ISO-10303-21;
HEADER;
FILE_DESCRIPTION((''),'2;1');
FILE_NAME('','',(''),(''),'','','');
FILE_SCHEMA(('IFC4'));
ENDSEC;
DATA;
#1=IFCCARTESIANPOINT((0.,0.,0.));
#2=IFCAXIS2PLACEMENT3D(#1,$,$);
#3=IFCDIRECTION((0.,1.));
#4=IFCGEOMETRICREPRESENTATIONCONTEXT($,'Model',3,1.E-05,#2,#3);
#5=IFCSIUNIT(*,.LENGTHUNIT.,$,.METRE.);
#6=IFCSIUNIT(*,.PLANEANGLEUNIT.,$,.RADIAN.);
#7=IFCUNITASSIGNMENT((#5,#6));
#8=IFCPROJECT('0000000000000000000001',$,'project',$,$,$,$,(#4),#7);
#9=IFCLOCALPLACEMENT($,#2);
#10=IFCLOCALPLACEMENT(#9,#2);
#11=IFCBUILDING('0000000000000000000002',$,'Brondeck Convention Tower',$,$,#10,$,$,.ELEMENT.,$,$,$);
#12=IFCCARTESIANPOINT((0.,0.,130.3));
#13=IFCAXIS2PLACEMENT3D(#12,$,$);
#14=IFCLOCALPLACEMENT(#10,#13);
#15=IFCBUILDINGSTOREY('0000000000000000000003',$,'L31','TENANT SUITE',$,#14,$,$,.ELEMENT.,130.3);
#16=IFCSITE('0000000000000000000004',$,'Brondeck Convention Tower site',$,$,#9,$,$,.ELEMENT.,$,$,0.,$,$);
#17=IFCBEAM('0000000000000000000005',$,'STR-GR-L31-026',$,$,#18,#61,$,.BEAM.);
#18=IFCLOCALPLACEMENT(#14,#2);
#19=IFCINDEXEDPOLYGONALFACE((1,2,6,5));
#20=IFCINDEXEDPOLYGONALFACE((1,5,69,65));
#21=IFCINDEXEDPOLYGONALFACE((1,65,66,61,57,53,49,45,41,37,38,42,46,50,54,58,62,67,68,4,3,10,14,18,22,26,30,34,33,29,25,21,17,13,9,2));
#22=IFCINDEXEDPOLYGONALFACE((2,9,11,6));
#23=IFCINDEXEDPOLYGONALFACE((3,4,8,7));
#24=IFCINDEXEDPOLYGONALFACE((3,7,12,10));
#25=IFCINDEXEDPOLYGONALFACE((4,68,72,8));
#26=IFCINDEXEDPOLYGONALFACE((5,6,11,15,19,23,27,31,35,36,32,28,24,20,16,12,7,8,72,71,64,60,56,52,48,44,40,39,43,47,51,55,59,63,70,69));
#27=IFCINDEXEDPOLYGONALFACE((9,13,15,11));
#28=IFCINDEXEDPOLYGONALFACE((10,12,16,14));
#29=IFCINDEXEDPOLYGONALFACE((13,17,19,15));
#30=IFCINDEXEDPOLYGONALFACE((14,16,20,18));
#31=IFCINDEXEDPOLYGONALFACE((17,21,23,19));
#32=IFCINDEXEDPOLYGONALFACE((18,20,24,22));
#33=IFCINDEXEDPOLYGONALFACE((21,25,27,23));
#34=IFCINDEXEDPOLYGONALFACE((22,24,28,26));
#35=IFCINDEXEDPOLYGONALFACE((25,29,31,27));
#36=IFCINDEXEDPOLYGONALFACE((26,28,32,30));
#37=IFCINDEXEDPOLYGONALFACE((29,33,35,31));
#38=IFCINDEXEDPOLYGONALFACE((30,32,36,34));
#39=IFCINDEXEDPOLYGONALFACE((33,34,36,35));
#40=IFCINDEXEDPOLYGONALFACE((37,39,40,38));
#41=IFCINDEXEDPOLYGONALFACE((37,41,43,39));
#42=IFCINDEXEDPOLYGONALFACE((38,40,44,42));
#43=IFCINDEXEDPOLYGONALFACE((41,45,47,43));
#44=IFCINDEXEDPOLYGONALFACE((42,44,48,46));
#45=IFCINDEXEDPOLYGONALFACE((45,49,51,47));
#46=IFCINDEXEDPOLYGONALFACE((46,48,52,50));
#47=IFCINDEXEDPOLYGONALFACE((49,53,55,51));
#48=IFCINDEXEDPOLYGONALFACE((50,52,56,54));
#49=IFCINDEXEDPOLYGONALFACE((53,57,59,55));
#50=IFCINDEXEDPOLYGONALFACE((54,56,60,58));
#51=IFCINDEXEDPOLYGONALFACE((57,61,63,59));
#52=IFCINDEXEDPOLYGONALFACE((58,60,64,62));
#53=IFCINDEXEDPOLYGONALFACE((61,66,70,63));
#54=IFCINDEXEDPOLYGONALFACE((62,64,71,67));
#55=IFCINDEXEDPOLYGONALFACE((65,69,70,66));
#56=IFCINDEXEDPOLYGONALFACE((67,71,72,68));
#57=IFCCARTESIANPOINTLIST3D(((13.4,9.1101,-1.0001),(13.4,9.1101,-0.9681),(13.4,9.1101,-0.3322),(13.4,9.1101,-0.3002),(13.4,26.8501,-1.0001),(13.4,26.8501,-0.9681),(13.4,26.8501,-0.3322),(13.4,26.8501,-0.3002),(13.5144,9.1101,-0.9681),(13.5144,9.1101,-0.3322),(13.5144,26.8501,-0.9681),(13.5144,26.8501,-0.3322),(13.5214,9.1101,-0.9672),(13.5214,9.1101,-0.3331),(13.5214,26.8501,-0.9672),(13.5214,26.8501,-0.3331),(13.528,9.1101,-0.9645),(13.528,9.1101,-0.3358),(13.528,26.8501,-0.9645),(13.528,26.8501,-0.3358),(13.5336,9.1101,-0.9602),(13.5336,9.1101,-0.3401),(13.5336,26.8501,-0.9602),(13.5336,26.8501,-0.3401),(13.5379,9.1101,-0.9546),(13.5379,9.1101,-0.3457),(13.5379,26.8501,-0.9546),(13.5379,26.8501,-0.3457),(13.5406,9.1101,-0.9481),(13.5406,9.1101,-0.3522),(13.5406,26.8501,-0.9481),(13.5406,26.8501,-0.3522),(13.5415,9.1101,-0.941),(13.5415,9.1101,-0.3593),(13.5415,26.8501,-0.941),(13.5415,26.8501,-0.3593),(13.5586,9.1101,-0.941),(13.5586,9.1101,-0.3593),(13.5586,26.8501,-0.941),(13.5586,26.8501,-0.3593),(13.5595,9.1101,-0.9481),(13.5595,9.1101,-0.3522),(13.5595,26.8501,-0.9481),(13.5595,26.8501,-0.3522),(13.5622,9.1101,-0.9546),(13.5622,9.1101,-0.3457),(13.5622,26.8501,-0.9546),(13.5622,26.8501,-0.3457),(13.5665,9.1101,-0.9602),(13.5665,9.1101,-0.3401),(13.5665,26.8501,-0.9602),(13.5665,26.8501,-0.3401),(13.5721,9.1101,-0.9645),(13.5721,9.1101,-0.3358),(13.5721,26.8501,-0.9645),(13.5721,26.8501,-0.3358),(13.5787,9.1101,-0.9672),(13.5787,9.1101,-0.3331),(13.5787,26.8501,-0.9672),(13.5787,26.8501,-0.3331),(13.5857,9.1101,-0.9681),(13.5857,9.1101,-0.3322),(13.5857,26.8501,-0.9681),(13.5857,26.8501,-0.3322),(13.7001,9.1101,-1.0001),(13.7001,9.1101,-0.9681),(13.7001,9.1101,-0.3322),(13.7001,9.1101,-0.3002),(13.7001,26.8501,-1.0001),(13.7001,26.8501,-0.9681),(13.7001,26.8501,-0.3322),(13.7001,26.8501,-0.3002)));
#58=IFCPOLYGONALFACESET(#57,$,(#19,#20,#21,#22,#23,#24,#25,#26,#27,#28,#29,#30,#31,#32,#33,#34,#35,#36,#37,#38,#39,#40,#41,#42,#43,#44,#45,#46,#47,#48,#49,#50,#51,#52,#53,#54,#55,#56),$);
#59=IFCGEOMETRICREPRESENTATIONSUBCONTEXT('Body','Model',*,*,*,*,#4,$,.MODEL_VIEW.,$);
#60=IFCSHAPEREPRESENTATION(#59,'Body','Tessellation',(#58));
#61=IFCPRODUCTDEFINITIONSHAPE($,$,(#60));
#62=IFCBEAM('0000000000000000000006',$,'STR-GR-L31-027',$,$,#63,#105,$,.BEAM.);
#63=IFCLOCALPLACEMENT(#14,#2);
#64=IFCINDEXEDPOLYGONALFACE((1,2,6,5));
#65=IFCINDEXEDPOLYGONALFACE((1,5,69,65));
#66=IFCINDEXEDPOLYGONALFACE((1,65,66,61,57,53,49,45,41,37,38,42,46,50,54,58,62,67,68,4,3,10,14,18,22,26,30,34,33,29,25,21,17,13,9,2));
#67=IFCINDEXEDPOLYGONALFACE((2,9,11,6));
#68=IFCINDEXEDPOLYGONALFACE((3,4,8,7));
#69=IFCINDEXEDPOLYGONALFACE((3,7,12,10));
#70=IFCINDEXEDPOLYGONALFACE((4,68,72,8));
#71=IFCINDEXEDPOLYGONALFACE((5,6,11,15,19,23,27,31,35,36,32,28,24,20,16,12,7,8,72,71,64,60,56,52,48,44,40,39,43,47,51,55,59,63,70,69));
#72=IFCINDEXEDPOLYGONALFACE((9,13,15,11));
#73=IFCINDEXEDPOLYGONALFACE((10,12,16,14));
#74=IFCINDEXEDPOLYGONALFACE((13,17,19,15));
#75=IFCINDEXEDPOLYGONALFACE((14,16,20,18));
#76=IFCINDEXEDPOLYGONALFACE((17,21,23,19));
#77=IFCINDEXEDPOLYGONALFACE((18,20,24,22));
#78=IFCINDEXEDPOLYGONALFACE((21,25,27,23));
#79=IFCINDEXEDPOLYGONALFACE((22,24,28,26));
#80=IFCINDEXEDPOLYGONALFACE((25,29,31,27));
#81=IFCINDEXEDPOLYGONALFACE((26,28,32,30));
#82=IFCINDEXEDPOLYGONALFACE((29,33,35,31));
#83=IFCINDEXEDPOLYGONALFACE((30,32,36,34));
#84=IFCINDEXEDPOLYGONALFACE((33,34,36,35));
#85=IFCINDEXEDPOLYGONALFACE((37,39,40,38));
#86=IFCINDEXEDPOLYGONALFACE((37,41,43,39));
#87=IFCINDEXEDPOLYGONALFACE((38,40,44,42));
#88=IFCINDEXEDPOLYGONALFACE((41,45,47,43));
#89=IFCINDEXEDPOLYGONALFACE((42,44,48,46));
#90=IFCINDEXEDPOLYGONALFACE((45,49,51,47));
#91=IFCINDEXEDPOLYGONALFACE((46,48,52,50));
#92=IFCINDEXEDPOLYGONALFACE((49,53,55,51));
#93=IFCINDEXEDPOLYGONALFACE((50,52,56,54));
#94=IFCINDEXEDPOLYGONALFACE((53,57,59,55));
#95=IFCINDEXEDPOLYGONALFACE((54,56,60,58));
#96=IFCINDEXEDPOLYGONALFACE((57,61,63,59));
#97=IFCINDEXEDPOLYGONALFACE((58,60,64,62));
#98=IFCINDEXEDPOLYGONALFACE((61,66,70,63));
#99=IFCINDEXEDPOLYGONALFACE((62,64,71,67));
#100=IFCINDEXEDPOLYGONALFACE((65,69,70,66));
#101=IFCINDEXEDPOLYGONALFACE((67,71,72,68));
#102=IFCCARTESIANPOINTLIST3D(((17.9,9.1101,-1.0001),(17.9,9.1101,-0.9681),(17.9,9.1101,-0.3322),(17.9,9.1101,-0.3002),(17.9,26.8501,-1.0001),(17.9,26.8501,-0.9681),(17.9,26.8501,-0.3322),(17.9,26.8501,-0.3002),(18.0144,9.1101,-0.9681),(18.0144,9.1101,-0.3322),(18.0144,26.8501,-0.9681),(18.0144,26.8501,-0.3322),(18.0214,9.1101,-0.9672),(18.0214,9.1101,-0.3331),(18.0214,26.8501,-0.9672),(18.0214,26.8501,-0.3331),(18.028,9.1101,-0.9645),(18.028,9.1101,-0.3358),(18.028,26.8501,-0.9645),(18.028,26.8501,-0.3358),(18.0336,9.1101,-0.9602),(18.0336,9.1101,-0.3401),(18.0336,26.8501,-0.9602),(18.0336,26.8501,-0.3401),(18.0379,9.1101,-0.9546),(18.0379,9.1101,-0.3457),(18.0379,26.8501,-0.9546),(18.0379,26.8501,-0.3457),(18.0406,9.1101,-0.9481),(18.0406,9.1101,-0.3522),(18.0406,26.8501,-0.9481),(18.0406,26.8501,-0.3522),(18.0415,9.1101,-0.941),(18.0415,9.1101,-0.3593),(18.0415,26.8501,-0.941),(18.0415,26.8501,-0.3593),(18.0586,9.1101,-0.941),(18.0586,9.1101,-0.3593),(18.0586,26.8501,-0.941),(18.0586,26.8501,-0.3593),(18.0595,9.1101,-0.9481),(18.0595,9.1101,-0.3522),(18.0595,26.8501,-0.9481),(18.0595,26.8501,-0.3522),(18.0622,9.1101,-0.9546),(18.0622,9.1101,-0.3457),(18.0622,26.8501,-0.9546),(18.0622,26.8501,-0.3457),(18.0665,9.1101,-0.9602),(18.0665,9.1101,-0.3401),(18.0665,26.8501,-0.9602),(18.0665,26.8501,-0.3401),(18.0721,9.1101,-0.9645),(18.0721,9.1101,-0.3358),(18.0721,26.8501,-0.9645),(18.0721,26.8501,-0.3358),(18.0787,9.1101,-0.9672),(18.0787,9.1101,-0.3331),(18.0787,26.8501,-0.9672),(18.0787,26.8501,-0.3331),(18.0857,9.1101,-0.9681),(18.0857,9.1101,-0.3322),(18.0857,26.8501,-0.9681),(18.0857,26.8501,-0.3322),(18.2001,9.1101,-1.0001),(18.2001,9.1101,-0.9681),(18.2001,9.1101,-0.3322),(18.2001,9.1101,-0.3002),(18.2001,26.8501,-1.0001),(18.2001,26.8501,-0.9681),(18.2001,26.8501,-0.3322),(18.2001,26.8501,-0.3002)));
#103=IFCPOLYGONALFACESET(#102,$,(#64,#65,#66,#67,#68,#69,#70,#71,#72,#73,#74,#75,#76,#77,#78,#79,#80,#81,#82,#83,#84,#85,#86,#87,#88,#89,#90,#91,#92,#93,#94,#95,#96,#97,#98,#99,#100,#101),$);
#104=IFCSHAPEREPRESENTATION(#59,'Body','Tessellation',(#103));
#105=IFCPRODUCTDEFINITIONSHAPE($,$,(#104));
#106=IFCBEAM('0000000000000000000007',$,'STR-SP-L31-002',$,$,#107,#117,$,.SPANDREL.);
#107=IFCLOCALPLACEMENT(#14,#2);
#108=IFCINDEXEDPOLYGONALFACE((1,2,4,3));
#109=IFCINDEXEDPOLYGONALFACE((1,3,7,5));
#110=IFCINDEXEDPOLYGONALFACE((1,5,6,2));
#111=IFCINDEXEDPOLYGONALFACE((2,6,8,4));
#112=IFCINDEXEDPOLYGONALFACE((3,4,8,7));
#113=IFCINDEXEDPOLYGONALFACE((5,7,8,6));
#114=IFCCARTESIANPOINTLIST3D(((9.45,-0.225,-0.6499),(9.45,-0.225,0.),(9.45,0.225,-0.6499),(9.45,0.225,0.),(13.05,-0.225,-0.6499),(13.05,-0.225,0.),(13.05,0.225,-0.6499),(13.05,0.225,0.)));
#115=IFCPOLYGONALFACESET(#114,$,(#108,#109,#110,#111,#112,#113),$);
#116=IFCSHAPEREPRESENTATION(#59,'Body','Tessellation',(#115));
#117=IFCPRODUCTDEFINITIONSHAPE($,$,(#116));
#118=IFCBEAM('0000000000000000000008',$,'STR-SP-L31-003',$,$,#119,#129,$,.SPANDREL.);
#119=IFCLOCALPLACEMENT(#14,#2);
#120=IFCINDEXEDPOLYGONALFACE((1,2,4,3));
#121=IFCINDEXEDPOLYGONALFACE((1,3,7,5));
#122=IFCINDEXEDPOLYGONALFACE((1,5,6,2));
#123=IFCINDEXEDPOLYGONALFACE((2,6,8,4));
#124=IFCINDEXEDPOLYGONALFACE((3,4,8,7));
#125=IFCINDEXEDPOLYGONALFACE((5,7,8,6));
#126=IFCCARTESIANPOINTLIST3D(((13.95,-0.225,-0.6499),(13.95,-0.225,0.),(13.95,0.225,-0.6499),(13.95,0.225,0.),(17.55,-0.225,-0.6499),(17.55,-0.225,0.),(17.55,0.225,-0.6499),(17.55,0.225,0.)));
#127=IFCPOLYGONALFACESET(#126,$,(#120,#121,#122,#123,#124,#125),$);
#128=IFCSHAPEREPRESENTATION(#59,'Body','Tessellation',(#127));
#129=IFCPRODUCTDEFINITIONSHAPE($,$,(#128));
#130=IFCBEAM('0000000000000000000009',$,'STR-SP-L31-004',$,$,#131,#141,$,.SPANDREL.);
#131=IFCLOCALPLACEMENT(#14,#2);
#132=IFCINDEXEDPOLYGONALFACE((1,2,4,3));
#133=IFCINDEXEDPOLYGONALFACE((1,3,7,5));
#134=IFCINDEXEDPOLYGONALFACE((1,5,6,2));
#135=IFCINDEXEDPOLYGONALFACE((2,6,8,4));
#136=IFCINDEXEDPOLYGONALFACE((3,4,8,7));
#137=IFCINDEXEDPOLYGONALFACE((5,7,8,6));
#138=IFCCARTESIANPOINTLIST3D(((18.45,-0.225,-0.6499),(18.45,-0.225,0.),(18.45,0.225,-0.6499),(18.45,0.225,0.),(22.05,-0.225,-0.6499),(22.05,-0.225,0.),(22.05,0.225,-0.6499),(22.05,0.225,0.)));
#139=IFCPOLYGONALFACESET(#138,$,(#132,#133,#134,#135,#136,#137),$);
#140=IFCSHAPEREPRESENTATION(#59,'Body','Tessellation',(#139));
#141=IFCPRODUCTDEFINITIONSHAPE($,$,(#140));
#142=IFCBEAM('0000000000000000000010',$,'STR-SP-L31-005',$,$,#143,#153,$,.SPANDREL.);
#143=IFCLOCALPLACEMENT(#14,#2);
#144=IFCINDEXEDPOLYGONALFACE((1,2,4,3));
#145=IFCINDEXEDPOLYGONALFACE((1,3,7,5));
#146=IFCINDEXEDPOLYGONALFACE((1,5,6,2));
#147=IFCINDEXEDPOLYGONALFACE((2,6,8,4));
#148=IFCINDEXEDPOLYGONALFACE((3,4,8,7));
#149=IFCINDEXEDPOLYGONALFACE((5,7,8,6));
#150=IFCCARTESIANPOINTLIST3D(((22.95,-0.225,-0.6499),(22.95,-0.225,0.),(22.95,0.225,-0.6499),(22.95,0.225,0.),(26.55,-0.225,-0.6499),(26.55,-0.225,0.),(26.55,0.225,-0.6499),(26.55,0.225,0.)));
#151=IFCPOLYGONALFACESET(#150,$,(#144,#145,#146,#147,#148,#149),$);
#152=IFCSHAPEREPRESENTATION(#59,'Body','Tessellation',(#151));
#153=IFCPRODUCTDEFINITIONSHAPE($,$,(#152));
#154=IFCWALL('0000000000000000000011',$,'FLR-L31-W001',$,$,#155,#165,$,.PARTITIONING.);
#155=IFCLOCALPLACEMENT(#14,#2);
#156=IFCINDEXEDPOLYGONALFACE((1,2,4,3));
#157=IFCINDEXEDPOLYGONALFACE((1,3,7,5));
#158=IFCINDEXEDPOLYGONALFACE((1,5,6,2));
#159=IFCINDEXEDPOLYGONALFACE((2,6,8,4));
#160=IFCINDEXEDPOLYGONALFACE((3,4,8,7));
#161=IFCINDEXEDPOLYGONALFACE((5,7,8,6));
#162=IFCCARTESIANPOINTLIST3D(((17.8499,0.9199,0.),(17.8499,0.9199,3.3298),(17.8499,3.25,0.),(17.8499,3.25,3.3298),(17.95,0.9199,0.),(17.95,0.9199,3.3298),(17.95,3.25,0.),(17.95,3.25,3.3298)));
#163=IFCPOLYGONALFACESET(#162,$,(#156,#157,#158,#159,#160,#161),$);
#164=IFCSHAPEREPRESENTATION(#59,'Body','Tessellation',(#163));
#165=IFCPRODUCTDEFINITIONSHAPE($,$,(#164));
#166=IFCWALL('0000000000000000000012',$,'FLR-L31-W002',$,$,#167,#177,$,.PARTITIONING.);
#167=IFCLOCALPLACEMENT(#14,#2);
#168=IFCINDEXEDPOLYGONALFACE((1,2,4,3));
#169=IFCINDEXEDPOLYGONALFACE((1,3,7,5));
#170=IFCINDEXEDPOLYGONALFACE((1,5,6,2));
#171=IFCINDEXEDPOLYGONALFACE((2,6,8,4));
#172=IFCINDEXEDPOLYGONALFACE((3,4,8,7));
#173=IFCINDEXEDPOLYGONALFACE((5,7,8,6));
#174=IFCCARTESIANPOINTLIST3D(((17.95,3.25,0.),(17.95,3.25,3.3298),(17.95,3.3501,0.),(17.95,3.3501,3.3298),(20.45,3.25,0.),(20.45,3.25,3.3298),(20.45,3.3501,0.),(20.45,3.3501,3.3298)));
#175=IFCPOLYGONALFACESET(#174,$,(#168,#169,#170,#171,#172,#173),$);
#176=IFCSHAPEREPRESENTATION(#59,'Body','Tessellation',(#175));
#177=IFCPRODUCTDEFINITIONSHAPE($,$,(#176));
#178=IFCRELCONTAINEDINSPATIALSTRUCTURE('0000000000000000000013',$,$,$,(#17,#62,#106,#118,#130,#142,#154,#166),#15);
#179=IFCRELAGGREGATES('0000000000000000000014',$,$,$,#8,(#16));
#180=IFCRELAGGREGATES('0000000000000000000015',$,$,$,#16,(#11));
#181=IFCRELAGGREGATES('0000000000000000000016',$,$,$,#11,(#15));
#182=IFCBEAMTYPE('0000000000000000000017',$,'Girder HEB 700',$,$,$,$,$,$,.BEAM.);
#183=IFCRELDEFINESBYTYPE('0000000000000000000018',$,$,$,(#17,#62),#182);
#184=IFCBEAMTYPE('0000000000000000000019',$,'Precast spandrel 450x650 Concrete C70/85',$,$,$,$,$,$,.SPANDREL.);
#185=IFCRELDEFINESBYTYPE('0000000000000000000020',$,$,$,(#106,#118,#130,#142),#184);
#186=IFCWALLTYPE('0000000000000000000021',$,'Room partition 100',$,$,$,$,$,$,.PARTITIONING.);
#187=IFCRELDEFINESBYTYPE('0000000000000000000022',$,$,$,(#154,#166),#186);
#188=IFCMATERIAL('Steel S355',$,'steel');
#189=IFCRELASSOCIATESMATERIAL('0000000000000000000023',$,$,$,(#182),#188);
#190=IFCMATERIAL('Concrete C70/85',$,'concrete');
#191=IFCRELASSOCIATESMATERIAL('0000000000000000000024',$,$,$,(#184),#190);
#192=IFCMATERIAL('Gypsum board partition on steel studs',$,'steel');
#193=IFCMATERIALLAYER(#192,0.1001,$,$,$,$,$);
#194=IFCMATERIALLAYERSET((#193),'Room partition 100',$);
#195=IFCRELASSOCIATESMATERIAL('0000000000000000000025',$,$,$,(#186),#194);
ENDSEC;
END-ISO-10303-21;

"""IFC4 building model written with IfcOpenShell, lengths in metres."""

from ifc_helpers import new_model, si_unit, direction, frame, frame_2d, origin, origin_2d, place, context, subcontext, project, spatial, rectangle, i_section, extrude, material, layer, layer_set, material_profile, profile_set, type_object, element, save


model = new_model("IFC4")

# Units and contexts
model_context = context("Model", 3, precision=1e-05, world=origin(), true_north=direction((0.0, 1.0)))
body_context = subcontext(model_context, "Body", "Model", "MODEL_VIEW")
ifc_project = project(units=[si_unit("LENGTHUNIT", "METRE"), si_unit("PLANEANGLEUNIT", "RADIAN")], contexts=[model_context])

# Site, building, storey
site_placement = place(None, origin())
site = spatial("IfcSite", under=ifc_project, at=site_placement, Name="Brondeck Convention Tower site", CompositionType="ELEMENT", RefElevation=0.0)
building_placement = place(site_placement, origin())
building = spatial("IfcBuilding", under=site, at=building_placement, Name="Brondeck Convention Tower", CompositionType="ELEMENT")
storey_placement = place(building_placement, frame((0.0, 0.0, 130.3)))
storey = spatial("IfcBuildingStorey", under=building, at=storey_placement, Name="L31", Description="TENANT SUITE", CompositionType="ELEMENT", Elevation=130.3)

# Shared definitions
ifc_material_1 = material(Name="Concrete C70/85", Category="concrete")

# Beams
ifc_material_2 = material(Name="Steel S355", Category="steel")
ifc_material_profile_1 = material_profile(ifc_material_2, i_section(OverallWidth=0.3, OverallDepth=0.7, WebThickness=0.0171, FlangeThickness=0.032, FilletRadius=0.0271, at=origin_2d()), Name="HEB 700")
ifc_profile_set_1 = profile_set([ifc_material_profile_1], Name="Steel S355")
beam_type_1 = type_object("IfcBeamType", Name="Girder HEB 700", PredefinedType="BEAM", material=ifc_profile_set_1)
for number, where, z_axis, x_axis, name in (
    (1, (13.55, 9.1101, -0.6501), (0.0, 1.0, 0.0), (-1.0, 0.0, 0.0), "STR-GR-L31-026"),
    (2, (18.05, 9.1101, -0.6501), (0.0, 1.0, 0.0), (-1.0, 0.0, 0.0), "STR-GR-L31-027"),
):
    element("IfcBeam", number, at=place(storey_placement, frame(where, z_axis=z_axis, x_axis=x_axis)), inside=storey, type_object=beam_type_1, Name=name, PredefinedType="BEAM", context=body_context, shape_type="SweptSolid", body=[
        extrude(i_section(OverallWidth=0.3, OverallDepth=0.7, WebThickness=0.0171, FlangeThickness=0.032, FilletRadius=0.0271, at=origin_2d()), origin(), (0.0, 0.0, 1.0), 17.74),
    ])
ifc_material_profile_2 = material_profile(ifc_material_1, rectangle(XDim=0.45, YDim=0.6499, at=origin_2d()), Name="Precast spandrel 450x650 Concrete C70/85")
ifc_profile_set_2 = profile_set([ifc_material_profile_2], Name="Concrete C70/85")
beam_type_2 = type_object("IfcBeamType", Name="Precast spandrel 450x650 Concrete C70/85", PredefinedType="SPANDREL", material=ifc_profile_set_2)
for number, where, z_axis, x_axis, name in (
    (3, (9.45, 0.0, -0.325), (1.0, 0.0, 0.0), (0.0, 1.0, 0.0), "STR-SP-L31-002"),
    (4, (13.95, 0.0, -0.325), (1.0, 0.0, 0.0), (0.0, 1.0, 0.0), "STR-SP-L31-003"),
    (5, (18.45, 0.0, -0.325), (1.0, 0.0, 0.0), (0.0, 1.0, 0.0), "STR-SP-L31-004"),
    (6, (22.95, 0.0, -0.325), (1.0, 0.0, 0.0), (0.0, 1.0, 0.0), "STR-SP-L31-005"),
):
    element("IfcBeam", number, at=place(storey_placement, frame(where, z_axis=z_axis, x_axis=x_axis)), inside=storey, type_object=beam_type_2, Name=name, PredefinedType="SPANDREL", context=body_context, shape_type="SweptSolid", body=[
        extrude(rectangle(XDim=0.45, YDim=0.6499, at=origin_2d()), origin(), (0.0, 0.0, 1.0), 3.6001),
    ])

# Walls
ifc_material_3 = material(Name="Gypsum board partition on steel studs", Category="steel")
ifc_layer_1 = layer(ifc_material_3, 0.1001)
ifc_layer_set_1 = layer_set([ifc_layer_1], Name="Room partition 100")
wall_type_1 = type_object("IfcWallType", Name="Room partition 100", PredefinedType="PARTITIONING", material=ifc_layer_set_1)
wall_1_placement = place(storey_placement, frame((17.8999, 0.9199, 0.0), z_axis=(0.0, 0.0, 1.0), x_axis=(0.0, 1.0, 0.0)))
element("IfcWall", 7, at=wall_1_placement, inside=storey, type_object=wall_type_1, Name="FLR-L31-W001", PredefinedType="PARTITIONING", context=body_context, shape_type="SweptSolid", body=[
    extrude(rectangle(XDim=2.3301, YDim=0.1001, at=frame_2d((1.165, 0.0))), origin(), (0.0, 0.0, 1.0), 3.3298),
])
wall_2_placement = place(storey_placement, frame((20.45, 3.3, 0.0), z_axis=(0.0, 0.0, 1.0), x_axis=(-1.0, 0.0, 0.0)))
element("IfcWall", 8, at=wall_2_placement, inside=storey, type_object=wall_type_1, Name="FLR-L31-W002", PredefinedType="PARTITIONING", context=body_context, shape_type="SweptSolid", body=[
    extrude(rectangle(XDim=2.5, YDim=0.1001, at=frame_2d((1.25, 0.0))), origin(), (0.0, 0.0, 1.0), 3.3298),
])

save(model, "model.ifc")
